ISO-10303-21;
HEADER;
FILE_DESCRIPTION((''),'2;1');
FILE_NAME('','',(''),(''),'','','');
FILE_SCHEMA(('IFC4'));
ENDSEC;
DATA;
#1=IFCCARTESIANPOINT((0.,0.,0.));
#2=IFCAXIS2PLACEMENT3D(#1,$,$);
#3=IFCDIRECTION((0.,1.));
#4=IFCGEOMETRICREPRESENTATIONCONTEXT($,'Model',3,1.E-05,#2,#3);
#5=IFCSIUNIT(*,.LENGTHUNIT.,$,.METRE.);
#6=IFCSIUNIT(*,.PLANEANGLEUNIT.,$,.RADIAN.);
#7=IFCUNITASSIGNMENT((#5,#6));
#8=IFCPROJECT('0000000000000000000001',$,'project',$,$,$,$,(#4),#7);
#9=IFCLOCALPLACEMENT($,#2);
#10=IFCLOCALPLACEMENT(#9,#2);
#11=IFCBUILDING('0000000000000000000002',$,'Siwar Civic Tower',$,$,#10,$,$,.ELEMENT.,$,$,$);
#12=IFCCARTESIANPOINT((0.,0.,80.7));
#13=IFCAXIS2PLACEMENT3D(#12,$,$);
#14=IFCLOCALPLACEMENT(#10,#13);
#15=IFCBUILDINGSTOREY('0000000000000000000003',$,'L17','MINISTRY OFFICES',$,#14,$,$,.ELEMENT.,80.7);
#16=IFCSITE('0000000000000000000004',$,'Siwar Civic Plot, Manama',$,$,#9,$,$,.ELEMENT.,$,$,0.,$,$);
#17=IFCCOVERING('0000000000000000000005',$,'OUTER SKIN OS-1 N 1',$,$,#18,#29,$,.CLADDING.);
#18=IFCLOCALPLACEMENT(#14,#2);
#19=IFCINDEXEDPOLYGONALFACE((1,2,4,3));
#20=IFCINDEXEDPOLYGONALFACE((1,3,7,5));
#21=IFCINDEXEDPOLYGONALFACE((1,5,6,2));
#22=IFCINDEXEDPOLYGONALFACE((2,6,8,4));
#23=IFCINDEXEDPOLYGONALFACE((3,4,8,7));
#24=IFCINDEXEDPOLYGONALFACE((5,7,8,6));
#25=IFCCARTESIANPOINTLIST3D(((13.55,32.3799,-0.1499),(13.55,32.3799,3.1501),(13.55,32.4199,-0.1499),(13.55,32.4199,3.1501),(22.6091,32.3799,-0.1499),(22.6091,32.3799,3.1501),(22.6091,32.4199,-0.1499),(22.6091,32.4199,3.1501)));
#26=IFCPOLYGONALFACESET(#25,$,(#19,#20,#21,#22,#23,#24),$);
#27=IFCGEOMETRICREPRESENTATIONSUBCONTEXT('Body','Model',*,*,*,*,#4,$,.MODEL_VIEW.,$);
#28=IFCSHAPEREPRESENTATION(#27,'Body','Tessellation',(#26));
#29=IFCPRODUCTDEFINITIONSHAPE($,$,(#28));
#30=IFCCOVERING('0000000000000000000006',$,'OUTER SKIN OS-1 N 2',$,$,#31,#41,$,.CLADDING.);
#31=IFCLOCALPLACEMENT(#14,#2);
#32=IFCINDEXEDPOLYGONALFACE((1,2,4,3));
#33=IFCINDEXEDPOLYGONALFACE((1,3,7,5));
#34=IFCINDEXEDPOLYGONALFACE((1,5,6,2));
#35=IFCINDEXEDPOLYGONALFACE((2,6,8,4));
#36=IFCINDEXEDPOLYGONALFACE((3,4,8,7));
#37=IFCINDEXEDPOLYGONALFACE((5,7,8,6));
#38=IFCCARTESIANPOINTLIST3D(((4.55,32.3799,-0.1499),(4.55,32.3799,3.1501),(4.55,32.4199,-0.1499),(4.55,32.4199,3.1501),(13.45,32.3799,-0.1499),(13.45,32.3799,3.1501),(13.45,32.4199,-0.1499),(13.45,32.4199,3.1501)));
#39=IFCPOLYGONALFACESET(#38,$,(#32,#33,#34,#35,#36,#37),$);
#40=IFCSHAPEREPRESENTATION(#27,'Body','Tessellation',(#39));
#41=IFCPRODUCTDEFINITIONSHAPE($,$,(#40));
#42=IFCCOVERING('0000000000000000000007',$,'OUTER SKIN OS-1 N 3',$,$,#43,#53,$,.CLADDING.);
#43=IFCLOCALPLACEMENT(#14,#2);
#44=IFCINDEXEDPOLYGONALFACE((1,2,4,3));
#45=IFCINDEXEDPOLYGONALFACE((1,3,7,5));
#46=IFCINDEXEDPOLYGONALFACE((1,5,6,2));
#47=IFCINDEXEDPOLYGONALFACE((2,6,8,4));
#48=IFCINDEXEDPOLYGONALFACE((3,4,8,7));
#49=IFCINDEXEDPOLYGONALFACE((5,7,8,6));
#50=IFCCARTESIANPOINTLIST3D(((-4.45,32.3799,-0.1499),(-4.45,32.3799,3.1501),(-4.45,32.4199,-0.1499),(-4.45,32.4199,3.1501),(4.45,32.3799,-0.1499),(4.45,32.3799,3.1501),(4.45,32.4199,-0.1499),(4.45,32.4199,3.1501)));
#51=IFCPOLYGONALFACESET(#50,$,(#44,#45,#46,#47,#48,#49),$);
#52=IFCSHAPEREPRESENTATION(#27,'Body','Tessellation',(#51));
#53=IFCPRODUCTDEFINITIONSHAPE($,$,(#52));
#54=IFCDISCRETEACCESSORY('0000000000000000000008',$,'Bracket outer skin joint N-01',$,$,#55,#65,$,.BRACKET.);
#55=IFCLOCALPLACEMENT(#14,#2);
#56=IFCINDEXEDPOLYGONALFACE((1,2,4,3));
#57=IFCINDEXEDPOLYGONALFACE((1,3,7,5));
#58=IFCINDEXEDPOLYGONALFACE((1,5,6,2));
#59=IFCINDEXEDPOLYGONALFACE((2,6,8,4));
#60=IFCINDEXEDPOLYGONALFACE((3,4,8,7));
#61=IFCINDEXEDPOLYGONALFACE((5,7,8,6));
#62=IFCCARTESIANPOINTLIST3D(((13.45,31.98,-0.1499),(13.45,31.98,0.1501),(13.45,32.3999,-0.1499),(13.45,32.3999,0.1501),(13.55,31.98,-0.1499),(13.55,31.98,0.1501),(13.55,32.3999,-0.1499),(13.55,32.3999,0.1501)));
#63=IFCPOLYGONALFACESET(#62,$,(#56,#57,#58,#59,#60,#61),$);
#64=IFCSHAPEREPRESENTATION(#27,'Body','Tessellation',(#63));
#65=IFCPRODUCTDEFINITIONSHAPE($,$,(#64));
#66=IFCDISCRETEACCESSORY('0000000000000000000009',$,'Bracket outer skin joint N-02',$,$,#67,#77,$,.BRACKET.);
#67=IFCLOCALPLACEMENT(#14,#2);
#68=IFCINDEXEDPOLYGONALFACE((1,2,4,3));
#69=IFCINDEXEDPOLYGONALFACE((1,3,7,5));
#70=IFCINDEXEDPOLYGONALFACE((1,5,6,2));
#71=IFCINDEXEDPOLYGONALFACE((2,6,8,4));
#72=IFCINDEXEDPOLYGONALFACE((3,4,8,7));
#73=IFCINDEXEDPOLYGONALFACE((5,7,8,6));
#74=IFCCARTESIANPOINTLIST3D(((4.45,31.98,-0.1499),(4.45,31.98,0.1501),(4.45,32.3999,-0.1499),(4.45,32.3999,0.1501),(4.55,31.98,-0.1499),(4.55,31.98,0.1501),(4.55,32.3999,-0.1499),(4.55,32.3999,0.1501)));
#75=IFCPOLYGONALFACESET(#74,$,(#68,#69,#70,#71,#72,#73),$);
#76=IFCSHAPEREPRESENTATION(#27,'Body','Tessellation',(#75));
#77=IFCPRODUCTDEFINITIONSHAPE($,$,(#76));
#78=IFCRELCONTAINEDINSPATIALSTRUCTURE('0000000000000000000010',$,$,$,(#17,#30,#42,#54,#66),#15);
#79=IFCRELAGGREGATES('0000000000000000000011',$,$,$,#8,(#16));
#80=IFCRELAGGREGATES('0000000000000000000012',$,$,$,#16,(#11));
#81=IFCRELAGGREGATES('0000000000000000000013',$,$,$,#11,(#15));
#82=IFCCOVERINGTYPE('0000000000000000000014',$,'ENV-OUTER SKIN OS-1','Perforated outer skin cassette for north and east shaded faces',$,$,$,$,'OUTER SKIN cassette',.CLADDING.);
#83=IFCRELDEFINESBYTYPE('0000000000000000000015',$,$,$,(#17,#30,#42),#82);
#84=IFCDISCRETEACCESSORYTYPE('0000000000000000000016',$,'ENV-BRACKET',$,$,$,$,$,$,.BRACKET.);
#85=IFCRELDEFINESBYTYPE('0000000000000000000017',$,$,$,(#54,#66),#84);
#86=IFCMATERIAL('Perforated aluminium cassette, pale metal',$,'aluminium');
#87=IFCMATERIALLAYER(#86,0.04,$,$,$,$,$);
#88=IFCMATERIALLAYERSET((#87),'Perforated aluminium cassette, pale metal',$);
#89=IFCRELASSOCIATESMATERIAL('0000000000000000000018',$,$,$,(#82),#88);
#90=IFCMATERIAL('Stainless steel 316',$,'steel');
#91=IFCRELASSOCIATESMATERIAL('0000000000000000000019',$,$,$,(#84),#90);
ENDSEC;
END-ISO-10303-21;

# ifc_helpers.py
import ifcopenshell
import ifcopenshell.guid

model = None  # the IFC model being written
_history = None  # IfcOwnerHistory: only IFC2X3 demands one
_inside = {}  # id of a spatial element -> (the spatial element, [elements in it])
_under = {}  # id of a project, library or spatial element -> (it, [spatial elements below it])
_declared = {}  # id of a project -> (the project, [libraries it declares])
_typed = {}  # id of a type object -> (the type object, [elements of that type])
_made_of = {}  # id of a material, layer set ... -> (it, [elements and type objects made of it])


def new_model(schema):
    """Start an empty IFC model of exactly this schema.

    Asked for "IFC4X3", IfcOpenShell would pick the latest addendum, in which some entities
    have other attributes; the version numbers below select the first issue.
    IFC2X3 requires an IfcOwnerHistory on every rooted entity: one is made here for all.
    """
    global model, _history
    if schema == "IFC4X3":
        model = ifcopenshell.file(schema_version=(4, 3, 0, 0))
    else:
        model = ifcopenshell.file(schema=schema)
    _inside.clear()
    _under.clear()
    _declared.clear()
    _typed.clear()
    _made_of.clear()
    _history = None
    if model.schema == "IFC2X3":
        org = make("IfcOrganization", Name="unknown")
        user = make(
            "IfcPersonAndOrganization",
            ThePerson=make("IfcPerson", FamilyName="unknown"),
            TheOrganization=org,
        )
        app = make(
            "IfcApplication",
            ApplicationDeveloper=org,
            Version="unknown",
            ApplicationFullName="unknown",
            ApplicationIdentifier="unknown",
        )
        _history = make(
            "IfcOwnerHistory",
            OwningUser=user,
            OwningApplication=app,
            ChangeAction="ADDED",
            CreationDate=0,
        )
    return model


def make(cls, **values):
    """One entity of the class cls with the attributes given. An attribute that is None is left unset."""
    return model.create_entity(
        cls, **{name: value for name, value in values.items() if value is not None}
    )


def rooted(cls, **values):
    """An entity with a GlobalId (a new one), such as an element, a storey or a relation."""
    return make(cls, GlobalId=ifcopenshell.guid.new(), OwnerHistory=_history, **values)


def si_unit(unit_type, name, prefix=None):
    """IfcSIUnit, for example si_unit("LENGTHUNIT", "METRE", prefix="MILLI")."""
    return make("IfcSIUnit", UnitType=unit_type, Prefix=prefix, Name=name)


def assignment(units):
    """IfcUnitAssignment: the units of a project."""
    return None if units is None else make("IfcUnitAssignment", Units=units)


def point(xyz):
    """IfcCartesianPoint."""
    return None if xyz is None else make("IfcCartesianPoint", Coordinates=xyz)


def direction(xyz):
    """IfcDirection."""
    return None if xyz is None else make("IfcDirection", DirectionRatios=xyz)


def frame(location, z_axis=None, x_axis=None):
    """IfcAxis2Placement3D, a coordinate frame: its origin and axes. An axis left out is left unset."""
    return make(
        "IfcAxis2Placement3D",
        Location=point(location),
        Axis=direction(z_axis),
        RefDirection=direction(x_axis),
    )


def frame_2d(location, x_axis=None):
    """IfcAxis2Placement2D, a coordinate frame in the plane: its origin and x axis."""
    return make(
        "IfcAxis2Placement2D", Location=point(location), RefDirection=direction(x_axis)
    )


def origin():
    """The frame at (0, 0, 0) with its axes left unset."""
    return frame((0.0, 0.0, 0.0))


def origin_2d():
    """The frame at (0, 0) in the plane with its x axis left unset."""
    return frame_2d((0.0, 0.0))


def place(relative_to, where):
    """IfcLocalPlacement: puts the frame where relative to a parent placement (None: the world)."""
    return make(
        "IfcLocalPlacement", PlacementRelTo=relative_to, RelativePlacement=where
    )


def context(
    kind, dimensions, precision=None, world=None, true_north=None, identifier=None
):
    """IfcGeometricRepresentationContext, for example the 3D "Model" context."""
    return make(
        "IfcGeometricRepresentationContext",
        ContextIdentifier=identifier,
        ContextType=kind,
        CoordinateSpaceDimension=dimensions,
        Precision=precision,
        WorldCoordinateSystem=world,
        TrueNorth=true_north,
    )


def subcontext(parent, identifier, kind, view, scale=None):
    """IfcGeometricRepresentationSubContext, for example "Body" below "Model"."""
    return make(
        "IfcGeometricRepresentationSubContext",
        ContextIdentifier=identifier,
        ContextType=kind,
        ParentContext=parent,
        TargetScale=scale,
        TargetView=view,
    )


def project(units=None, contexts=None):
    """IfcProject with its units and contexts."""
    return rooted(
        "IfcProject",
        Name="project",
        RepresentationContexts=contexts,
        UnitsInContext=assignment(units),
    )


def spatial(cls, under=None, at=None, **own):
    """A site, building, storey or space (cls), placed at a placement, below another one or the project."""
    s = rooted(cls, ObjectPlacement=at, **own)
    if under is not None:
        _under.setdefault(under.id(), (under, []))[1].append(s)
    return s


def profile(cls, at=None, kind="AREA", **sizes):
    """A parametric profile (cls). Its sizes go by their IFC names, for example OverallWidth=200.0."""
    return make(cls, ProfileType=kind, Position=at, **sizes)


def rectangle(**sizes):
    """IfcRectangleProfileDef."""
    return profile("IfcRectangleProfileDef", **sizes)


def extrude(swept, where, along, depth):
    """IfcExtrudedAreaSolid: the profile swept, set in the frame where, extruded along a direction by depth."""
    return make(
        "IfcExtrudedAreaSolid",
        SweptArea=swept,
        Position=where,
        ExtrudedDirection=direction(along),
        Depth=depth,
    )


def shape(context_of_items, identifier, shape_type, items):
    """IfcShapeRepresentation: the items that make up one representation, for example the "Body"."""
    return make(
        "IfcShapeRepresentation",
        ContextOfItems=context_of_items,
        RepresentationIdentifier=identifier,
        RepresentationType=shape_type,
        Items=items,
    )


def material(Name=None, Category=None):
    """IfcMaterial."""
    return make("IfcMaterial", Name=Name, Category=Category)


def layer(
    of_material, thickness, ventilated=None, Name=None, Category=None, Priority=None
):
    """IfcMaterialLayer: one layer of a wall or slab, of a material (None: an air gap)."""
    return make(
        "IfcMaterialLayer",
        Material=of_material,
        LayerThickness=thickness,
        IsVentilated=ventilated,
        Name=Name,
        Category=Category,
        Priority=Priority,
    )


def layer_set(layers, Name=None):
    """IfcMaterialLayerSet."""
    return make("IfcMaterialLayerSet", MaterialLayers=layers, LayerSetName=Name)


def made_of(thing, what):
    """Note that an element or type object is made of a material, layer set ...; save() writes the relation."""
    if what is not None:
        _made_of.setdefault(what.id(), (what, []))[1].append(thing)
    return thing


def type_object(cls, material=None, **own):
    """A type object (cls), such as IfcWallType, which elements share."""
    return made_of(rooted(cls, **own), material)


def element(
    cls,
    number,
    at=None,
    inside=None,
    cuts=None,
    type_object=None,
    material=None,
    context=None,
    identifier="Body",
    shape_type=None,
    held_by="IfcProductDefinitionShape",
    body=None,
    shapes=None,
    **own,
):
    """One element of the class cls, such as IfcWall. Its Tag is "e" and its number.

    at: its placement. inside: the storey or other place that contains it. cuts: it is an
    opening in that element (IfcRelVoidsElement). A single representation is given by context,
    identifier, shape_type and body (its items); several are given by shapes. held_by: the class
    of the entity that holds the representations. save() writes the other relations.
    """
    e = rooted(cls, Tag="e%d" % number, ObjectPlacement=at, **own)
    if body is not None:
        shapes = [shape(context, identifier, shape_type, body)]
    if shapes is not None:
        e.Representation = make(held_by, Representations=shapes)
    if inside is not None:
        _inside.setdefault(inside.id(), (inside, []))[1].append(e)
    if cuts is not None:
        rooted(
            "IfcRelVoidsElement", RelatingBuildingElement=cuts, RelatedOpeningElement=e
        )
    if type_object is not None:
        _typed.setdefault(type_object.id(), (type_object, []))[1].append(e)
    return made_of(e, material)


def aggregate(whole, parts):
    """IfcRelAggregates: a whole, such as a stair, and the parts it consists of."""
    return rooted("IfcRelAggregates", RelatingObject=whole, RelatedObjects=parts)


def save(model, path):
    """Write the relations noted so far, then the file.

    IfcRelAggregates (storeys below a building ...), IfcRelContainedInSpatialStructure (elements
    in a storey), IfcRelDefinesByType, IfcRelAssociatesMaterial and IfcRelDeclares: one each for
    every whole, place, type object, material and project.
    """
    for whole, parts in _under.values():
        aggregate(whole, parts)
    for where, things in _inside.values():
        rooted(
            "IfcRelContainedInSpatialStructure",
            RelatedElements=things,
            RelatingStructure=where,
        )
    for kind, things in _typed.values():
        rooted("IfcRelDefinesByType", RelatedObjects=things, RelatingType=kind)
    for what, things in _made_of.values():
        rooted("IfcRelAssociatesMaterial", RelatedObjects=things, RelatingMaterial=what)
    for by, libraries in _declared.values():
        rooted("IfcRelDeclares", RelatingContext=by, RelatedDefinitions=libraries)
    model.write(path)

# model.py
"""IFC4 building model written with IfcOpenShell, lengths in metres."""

from ifc_helpers import new_model, si_unit, direction, frame, origin, origin_2d, place, context, subcontext, project, spatial, rectangle, extrude, material, layer, layer_set, type_object, element, save


model = new_model("IFC4")

# Units and contexts
model_context = context("Model", 3, precision=1e-05, world=origin(), true_north=direction((0.0, 1.0)))
body_context = subcontext(model_context, "Body", "Model", "MODEL_VIEW")
ifc_project = project(units=[si_unit("LENGTHUNIT", "METRE"), si_unit("PLANEANGLEUNIT", "RADIAN")], contexts=[model_context])

# Site, building, storey
site_placement = place(None, origin())
site = spatial("IfcSite", under=ifc_project, at=site_placement, Name="Siwar Civic Plot, Manama", CompositionType="ELEMENT", RefElevation=0.0)
building_placement = place(site_placement, origin())
building = spatial("IfcBuilding", under=site, at=building_placement, Name="Siwar Civic Tower", CompositionType="ELEMENT")
storey_placement = place(building_placement, frame((0.0, 0.0, 80.7)))
storey = spatial("IfcBuildingStorey", under=building, at=storey_placement, Name="L17", Description="MINISTRY OFFICES", CompositionType="ELEMENT", Elevation=80.7)

# Coverings
ifc_material_1 = material(Name="Perforated aluminium cassette, pale metal", Category="aluminium")
ifc_layer_1 = layer(ifc_material_1, 0.04)
ifc_layer_set_1 = layer_set([ifc_layer_1], Name="Perforated aluminium cassette, pale metal")
covering_type = type_object("IfcCoveringType", Name="ENV-OUTER SKIN OS-1", Description="Perforated outer skin cassette for north and east shaded faces", ElementType="OUTER SKIN cassette", PredefinedType="CLADDING", material=ifc_layer_set_1)
covering_placement = place(storey_placement, frame((18.0796, 32.3999, -0.1499), z_axis=(0.0, 0.0, 1.0), x_axis=(-1.0, 0.0, 0.0)))
element("IfcCovering", 1, at=covering_placement, inside=storey, type_object=covering_type, Name="OUTER SKIN OS-1 N 1", PredefinedType="CLADDING", context=body_context, shape_type="SweptSolid", body=[
    extrude(rectangle(XDim=9.0591, YDim=0.04, at=origin_2d()), origin(), (0.0, 0.0, 1.0), 3.3),
])
for number, where, z_axis, x_axis, name in (
    (2, (9.0, 32.3999, -0.1499), (0.0, 0.0, 1.0), (-1.0, 0.0, 0.0), "OUTER SKIN OS-1 N 2"),
    (3, (0.0, 32.3999, -0.1499), (0.0, 0.0, 1.0), (-1.0, 0.0, 0.0), "OUTER SKIN OS-1 N 3"),
):
    element("IfcCovering", number, at=place(storey_placement, frame(where, z_axis=z_axis, x_axis=x_axis)), inside=storey, type_object=covering_type, Name=name, PredefinedType="CLADDING", context=body_context, shape_type="SweptSolid", body=[
        extrude(rectangle(XDim=8.8999, YDim=0.04, at=origin_2d()), origin(), (0.0, 0.0, 1.0), 3.3),
    ])

# Discrete accessories
ifc_material_2 = material(Name="Stainless steel 316", Category="steel")
discrete_accessory_type = type_object("IfcDiscreteAccessoryType", Name="ENV-BRACKET", PredefinedType="BRACKET", material=ifc_material_2)
for number, where, z_axis, x_axis, name in (
    (4, (13.5, 32.1899, -0.1499), (0.0, 0.0, 1.0), (0.0, 1.0, 0.0), "Bracket outer skin joint N-01"),
    (5, (4.5, 32.1899, -0.1499), (0.0, 0.0, 1.0), (0.0, 1.0, 0.0), "Bracket outer skin joint N-02"),
):
    element("IfcDiscreteAccessory", number, at=place(storey_placement, frame(where, z_axis=z_axis, x_axis=x_axis)), inside=storey, type_object=discrete_accessory_type, Name=name, PredefinedType="BRACKET", context=body_context, shape_type="SweptSolid", body=[
        extrude(rectangle(XDim=0.4199, YDim=0.1001, at=origin_2d()), origin(), (0.0, 0.0, 1.0), 0.3),
    ])

save(model, "model.ifc")
